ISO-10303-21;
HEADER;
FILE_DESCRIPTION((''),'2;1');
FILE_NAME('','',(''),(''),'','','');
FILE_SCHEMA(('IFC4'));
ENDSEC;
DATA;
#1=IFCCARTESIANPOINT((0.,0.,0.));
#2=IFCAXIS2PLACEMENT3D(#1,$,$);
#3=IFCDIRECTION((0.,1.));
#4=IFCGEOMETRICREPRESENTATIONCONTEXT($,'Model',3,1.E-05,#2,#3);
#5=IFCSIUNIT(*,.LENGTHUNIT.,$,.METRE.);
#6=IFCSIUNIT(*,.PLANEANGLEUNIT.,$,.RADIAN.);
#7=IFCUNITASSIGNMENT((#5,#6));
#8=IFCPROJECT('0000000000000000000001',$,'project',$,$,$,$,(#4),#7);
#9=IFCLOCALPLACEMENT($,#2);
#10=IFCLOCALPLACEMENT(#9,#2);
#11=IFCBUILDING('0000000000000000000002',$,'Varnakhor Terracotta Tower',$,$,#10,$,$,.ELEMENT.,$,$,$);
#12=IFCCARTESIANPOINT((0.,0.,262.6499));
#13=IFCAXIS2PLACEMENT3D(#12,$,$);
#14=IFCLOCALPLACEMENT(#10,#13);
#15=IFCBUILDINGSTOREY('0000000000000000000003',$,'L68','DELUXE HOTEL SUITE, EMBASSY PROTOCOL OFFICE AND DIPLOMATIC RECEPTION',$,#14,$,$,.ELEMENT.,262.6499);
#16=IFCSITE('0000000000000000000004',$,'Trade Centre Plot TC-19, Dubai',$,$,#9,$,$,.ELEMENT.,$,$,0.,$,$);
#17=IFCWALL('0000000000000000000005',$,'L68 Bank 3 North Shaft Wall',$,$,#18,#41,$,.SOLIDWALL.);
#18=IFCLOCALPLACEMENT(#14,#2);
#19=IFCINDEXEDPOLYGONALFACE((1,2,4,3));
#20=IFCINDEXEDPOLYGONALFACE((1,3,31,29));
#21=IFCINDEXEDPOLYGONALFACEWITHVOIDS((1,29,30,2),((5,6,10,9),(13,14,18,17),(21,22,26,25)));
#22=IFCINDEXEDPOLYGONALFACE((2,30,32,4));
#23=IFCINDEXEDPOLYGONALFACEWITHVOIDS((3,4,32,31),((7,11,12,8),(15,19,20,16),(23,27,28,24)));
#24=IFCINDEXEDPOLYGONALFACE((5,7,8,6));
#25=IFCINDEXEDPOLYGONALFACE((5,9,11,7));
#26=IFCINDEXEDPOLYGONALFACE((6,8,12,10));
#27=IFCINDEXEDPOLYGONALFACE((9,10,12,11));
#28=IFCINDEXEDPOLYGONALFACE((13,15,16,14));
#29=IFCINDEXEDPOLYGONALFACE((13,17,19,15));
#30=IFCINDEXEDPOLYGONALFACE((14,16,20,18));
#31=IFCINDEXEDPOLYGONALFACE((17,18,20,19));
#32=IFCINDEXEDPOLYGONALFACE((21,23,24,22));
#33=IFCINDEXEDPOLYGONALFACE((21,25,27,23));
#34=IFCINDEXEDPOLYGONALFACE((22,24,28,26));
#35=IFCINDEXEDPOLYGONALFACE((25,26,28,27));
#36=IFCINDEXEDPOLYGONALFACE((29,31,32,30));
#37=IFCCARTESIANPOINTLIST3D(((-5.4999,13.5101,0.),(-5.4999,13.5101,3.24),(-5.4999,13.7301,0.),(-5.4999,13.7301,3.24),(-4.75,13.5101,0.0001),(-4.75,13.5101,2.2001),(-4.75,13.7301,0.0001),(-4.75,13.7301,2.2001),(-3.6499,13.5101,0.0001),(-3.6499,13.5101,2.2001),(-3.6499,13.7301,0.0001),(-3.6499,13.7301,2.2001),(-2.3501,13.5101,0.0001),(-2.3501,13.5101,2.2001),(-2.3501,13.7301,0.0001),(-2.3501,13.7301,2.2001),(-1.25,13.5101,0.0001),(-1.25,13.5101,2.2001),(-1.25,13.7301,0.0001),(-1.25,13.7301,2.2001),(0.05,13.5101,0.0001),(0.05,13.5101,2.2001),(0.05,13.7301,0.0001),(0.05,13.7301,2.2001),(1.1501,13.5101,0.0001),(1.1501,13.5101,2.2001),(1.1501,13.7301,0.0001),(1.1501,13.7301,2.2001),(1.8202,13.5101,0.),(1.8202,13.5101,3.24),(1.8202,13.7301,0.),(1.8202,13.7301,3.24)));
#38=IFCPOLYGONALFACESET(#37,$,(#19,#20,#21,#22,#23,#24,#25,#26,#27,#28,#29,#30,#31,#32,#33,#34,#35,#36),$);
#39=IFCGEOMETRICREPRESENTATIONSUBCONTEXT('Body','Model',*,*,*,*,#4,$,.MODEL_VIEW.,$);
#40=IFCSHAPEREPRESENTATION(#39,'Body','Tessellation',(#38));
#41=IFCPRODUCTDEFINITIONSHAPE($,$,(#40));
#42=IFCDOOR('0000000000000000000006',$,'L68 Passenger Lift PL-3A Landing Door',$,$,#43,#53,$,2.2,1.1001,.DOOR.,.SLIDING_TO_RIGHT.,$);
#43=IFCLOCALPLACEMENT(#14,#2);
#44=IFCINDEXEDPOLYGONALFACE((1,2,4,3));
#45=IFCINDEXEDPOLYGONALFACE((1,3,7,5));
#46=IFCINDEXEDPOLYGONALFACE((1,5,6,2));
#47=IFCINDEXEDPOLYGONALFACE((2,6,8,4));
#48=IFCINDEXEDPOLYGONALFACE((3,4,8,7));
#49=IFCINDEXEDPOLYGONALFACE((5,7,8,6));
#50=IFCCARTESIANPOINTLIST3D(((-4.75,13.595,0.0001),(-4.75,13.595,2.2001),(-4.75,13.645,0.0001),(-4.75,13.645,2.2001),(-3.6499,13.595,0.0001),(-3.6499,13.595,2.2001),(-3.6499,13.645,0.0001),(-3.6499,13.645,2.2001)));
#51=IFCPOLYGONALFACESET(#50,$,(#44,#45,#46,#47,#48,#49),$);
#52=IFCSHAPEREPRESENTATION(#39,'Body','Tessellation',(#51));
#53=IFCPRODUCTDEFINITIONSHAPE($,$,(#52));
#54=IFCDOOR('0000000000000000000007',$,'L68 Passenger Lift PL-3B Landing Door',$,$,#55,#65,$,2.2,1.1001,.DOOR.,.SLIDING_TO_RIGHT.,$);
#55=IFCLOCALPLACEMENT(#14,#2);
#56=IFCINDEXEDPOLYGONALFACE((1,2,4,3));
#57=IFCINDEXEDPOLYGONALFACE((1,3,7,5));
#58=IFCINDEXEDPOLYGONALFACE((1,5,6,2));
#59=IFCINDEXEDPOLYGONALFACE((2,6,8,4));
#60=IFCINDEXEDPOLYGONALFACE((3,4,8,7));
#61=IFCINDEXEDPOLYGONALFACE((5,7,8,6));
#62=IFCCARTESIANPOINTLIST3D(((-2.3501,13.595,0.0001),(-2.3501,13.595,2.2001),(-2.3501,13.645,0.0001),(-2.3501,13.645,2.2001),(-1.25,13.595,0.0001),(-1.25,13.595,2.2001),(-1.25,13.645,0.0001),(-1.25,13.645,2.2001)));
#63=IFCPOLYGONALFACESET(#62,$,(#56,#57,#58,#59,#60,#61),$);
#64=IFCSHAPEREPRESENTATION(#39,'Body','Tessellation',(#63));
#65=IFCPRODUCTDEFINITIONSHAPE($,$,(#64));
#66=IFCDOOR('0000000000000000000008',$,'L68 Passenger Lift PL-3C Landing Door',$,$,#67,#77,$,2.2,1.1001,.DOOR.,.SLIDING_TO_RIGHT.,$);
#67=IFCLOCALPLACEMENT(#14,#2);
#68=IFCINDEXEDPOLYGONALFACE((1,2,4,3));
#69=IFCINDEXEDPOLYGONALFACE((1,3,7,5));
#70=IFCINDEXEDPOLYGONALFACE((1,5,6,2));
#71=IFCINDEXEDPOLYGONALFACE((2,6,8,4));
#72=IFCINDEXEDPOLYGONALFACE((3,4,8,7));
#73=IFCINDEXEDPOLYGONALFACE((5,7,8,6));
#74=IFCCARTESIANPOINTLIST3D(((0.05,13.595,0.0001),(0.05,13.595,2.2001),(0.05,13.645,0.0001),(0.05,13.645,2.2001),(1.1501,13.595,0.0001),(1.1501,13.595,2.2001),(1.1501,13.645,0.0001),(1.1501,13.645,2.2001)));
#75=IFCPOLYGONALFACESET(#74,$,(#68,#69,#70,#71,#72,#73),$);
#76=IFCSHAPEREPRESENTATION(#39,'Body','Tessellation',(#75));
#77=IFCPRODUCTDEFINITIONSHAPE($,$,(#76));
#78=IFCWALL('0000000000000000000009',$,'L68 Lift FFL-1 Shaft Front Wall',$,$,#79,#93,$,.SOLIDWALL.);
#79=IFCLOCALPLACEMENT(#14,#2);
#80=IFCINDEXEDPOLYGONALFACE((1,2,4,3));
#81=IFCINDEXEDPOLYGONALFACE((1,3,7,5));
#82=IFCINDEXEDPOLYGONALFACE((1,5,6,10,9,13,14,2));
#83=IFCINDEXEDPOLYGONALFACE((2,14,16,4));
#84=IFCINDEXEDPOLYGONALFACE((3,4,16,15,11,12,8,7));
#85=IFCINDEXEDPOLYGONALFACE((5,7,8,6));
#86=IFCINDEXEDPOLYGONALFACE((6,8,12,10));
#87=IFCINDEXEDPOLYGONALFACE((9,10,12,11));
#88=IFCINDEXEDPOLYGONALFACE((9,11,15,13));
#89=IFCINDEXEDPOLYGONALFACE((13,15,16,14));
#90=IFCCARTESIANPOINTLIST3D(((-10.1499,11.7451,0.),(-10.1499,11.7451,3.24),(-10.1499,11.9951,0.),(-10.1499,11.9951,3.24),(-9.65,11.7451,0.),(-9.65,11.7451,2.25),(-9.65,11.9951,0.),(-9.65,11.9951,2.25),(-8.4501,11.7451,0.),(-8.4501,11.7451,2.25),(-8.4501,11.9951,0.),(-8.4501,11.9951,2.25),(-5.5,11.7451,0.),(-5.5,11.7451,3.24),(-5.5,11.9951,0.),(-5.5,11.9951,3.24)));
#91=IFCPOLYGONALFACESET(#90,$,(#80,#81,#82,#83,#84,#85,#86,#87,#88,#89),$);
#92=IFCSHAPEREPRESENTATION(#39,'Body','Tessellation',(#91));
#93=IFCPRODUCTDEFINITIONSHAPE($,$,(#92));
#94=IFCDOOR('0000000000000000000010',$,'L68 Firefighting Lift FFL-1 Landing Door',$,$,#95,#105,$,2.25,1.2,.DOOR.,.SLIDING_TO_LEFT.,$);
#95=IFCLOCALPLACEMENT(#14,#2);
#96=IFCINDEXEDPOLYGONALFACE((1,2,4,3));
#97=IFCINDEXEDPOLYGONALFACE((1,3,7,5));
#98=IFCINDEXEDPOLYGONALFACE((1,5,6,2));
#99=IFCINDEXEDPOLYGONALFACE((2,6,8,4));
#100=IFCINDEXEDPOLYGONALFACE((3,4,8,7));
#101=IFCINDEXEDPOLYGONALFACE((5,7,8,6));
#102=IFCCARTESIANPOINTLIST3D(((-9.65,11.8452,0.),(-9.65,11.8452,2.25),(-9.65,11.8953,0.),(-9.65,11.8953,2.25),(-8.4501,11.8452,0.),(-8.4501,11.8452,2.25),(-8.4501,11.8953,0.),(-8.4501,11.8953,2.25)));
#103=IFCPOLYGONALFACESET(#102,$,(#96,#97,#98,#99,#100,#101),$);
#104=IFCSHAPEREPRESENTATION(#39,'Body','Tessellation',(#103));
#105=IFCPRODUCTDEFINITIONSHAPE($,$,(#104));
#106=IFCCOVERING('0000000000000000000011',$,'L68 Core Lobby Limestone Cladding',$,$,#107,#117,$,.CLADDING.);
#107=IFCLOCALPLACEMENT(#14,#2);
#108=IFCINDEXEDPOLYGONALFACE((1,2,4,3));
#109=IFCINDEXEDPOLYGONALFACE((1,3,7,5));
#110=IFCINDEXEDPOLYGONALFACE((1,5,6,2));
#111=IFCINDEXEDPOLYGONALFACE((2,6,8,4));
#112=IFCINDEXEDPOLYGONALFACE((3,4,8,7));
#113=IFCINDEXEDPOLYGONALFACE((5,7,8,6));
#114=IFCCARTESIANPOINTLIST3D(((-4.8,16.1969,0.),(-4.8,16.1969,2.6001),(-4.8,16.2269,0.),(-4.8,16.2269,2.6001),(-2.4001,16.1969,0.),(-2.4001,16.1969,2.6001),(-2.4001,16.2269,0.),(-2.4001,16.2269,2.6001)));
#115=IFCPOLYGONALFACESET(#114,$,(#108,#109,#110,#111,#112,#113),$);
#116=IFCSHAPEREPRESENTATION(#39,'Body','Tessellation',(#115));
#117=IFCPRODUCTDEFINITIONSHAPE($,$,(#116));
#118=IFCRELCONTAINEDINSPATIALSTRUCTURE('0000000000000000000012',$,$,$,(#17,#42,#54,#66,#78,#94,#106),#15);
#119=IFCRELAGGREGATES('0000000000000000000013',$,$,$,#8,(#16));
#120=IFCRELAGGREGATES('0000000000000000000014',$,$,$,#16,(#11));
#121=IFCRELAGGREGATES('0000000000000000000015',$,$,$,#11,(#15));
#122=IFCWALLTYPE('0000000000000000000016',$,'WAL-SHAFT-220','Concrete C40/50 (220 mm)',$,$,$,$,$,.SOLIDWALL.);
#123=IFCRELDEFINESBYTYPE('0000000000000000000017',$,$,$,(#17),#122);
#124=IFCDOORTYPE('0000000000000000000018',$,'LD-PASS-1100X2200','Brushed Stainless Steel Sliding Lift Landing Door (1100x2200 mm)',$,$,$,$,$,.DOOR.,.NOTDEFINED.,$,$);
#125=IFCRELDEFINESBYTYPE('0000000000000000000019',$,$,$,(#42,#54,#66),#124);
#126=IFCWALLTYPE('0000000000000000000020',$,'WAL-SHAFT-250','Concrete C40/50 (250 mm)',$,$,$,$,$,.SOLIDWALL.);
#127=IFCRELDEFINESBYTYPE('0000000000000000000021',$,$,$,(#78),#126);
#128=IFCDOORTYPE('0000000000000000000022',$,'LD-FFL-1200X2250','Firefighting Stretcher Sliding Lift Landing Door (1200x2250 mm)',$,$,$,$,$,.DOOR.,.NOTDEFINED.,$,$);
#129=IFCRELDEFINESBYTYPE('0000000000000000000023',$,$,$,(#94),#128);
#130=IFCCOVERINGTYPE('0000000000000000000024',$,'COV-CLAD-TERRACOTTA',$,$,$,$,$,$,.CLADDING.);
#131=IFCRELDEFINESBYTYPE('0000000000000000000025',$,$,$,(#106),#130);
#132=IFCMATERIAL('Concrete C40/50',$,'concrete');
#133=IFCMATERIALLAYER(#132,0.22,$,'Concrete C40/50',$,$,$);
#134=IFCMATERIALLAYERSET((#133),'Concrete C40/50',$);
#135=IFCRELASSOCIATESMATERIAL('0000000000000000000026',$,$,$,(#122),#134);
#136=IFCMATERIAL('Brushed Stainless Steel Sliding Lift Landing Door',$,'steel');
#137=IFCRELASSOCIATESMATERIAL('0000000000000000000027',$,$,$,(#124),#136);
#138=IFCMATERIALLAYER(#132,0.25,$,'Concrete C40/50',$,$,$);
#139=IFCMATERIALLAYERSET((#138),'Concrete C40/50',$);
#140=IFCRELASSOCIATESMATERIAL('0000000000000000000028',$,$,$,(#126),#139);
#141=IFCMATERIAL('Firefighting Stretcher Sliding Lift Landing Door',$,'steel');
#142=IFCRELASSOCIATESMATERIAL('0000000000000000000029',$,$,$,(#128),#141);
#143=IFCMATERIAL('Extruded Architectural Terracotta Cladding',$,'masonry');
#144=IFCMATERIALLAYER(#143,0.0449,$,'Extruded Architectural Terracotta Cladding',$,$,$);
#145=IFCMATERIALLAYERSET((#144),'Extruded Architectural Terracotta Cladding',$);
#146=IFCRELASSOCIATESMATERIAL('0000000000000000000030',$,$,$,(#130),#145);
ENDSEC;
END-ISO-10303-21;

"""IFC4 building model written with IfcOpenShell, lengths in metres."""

from ifc_helpers import new_model, si_unit, direction, frame, frame_2d, origin, origin_2d, place, context, subcontext, project, spatial, rectangle, extrude, source, transform, mapped, material, layer, layer_set, type_object, type_shapes, element, fill, save


model = new_model("IFC4")

# Units and contexts
model_context = context("Model", 3, precision=1e-05, world=origin(), true_north=direction((0.0, 1.0)))
body_context = subcontext(model_context, "Body", "Model", "MODEL_VIEW")
ifc_project = project(units=[si_unit("LENGTHUNIT", "METRE"), si_unit("PLANEANGLEUNIT", "RADIAN")], contexts=[model_context])

# Site, building, storey
site_placement = place(None, origin())
site = spatial("IfcSite", under=ifc_project, at=site_placement, Name="Trade Centre Plot TC-19, Dubai", CompositionType="ELEMENT", RefElevation=0.0)
building_placement = place(site_placement, origin())
building = spatial("IfcBuilding", under=site, at=building_placement, Name="Varnakhor Terracotta Tower", CompositionType="ELEMENT")
storey_placement = place(building_placement, frame((0.0, 0.0, 262.6499)))
storey = spatial("IfcBuildingStorey", under=building, at=storey_placement, Name="L68", Description="DELUXE HOTEL SUITE, EMBASSY PROTOCOL OFFICE AND DIPLOMATIC RECEPTION", CompositionType="ELEMENT", Elevation=262.6499)

# Shared definitions
ifc_material_1 = material(Name="Concrete C40/50", Category="concrete")
ifc_layer_1 = layer(ifc_material_1, 0.22, Name="Concrete C40/50")
ifc_layer_set_1 = layer_set([ifc_layer_1], Name="Concrete C40/50")
wall_type_1 = type_object("IfcWallType", Name="WAL-SHAFT-220", Description="Concrete C40/50 (220 mm)", PredefinedType="SOLIDWALL", material=ifc_layer_set_1)

# Wall, openings, doors
wall_1_placement = place(storey_placement, frame((-5.5, 13.6201, 0.0), z_axis=(0.0, 0.0, 1.0), x_axis=(1.0, 0.0, 0.0)))
wall_1 = element("IfcWall", 1, at=wall_1_placement, inside=storey, type_object=wall_type_1, Name="L68 Bank 3 North Shaft Wall", PredefinedType="SOLIDWALL", context=body_context, shape_type="SweptSolid", body=[
    extrude(rectangle(XDim=7.3201, YDim=0.22, at=frame_2d((3.6602, 0.0))), origin(), (0.0, 0.0, 1.0), 3.24),
])
opening_1_placement = place(wall_1_placement, frame((0.75, 0.0, 0.0)))
opening_1 = element("IfcOpeningElement", 2, at=opening_1_placement, cuts=wall_1, PredefinedType="OPENING", context=body_context, shape_type="SweptSolid", body=[
    extrude(rectangle(XDim=1.1001, YDim=2.2, at=frame_2d((0.55, 1.1001))), frame((0.0, 0.1201, 0.0), z_axis=(0.0, -1.0, 0.0), x_axis=(1.0, 0.0, 0.0)), (0.0, 0.0, 1.0), 0.24),
])
opening_2_placement = place(wall_1_placement, frame((3.1499, 0.0, 0.0)))
opening_2 = element("IfcOpeningElement", 3, at=opening_2_placement, cuts=wall_1, PredefinedType="OPENING", context=body_context, shape_type="SweptSolid", body=[
    extrude(rectangle(XDim=1.1001, YDim=2.2, at=frame_2d((0.55, 1.1001))), frame((0.0, 0.1201, 0.0), z_axis=(0.0, -1.0, 0.0), x_axis=(1.0, 0.0, 0.0)), (0.0, 0.0, 1.0), 0.24),
])
opening_3_placement = place(wall_1_placement, frame((5.55, 0.0, 0.0)))
opening_3 = element("IfcOpeningElement", 4, at=opening_3_placement, cuts=wall_1, PredefinedType="OPENING", context=body_context, shape_type="SweptSolid", body=[
    extrude(rectangle(XDim=1.1001, YDim=2.2, at=frame_2d((0.55, 1.1001))), frame((0.0, 0.1201, 0.0), z_axis=(0.0, -1.0, 0.0), x_axis=(1.0, 0.0, 0.0)), (0.0, 0.0, 1.0), 0.24),
])
ifc_material_2 = material(Name="Brushed Stainless Steel Sliding Lift Landing Door", Category="steel")
door_type_1 = type_object("IfcDoorType", Name="LD-PASS-1100X2200", Description="Brushed Stainless Steel Sliding Lift Landing Door (1100x2200 mm)", OperationType="NOTDEFINED", PredefinedType="DOOR", material=ifc_material_2)
shared_shape_1 = source(origin(), body_context, "Body", "SweptSolid", [
    extrude(rectangle(XDim=1.1001, YDim=2.2, at=frame_2d((0.55, 1.1001))), frame((0.0, 0.0249, 0.0), z_axis=(0.0, -1.0, 0.0), x_axis=(1.0, 0.0, 0.0)), (0.0, 0.0, 1.0), 0.05),
])
type_shapes(door_type_1, [shared_shape_1])
door_1_placement = place(opening_1_placement, origin())
door_1 = element("IfcDoor", 5, at=door_1_placement, inside=storey, type_object=door_type_1, Name="L68 Passenger Lift PL-3A Landing Door", OperationType="SLIDING_TO_RIGHT", OverallHeight=2.2, OverallWidth=1.1001, PredefinedType="DOOR", context=body_context, shape_type="MappedRepresentation", body=[
    mapped(shared_shape_1, transform((0.0, 0.0, 0.0), scale=1.0)),
])
fill(opening_1, door_1)
door_2_placement = place(opening_2_placement, origin())
door_2 = element("IfcDoor", 6, at=door_2_placement, inside=storey, type_object=door_type_1, Name="L68 Passenger Lift PL-3B Landing Door", OperationType="SLIDING_TO_RIGHT", OverallHeight=2.2, OverallWidth=1.1001, PredefinedType="DOOR", context=body_context, shape_type="MappedRepresentation", body=[
    mapped(shared_shape_1, transform((0.0, 0.0, 0.0), scale=1.0)),
])
fill(opening_2, door_2)
door_3_placement = place(opening_3_placement, origin())
door_3 = element("IfcDoor", 7, at=door_3_placement, inside=storey, type_object=door_type_1, Name="L68 Passenger Lift PL-3C Landing Door", OperationType="SLIDING_TO_RIGHT", OverallHeight=2.2, OverallWidth=1.1001, PredefinedType="DOOR", context=body_context, shape_type="MappedRepresentation", body=[
    mapped(shared_shape_1, transform((0.0, 0.0, 0.0), scale=1.0)),
])
fill(opening_3, door_3)

# Wall, opening, door
ifc_layer_2 = layer(ifc_material_1, 0.25, Name="Concrete C40/50")
ifc_layer_set_2 = layer_set([ifc_layer_2], Name="Concrete C40/50")
wall_type_2 = type_object("IfcWallType", Name="WAL-SHAFT-250", Description="Concrete C40/50 (250 mm)", PredefinedType="SOLIDWALL", material=ifc_layer_set_2)
wall_2_placement = place(storey_placement, frame((-5.5, 11.8701, 0.0), z_axis=(0.0, 0.0, 1.0), x_axis=(-1.0, 0.0, 0.0)))
wall_2 = element("IfcWall", 8, at=wall_2_placement, inside=storey, type_object=wall_type_2, Name="L68 Lift FFL-1 Shaft Front Wall", PredefinedType="SOLIDWALL", context=body_context, shape_type="SweptSolid", body=[
    extrude(rectangle(XDim=4.6499, YDim=0.25, at=frame_2d((2.325, 0.0))), origin(), (0.0, 0.0, 1.0), 3.24),
])
opening_4_placement = place(wall_2_placement, frame((2.95, 0.0, 0.0)))
opening_4 = element("IfcOpeningElement", 9, at=opening_4_placement, cuts=wall_2, PredefinedType="OPENING", context=body_context, shape_type="SweptSolid", body=[
    extrude(rectangle(XDim=1.2, YDim=2.25, at=frame_2d((0.6001, 1.125))), frame((0.0, 0.135, 0.0), z_axis=(0.0, -1.0, 0.0), x_axis=(1.0, 0.0, 0.0)), (0.0, 0.0, 1.0), 0.27),
])
ifc_material_3 = material(Name="Firefighting Stretcher Sliding Lift Landing Door", Category="steel")
door_type_2 = type_object("IfcDoorType", Name="LD-FFL-1200X2250", Description="Firefighting Stretcher Sliding Lift Landing Door (1200x2250 mm)", OperationType="NOTDEFINED", PredefinedType="DOOR", material=ifc_material_3)
shared_shape_2 = source(origin(), body_context, "Body", "SweptSolid", [
    extrude(rectangle(XDim=1.2, YDim=2.25, at=frame_2d((0.6001, 1.125))), frame((0.0, 0.0249, 0.0), z_axis=(0.0, -1.0, 0.0), x_axis=(1.0, 0.0, 0.0)), (0.0, 0.0, 1.0), 0.05),
])
type_shapes(door_type_2, [shared_shape_2])
door_4_placement = place(opening_4_placement, origin())
door_4 = element("IfcDoor", 10, at=door_4_placement, inside=storey, type_object=door_type_2, Name="L68 Firefighting Lift FFL-1 Landing Door", OperationType="SLIDING_TO_LEFT", OverallHeight=2.25, OverallWidth=1.2, PredefinedType="DOOR", context=body_context, shape_type="MappedRepresentation", body=[
    mapped(shared_shape_2, transform((0.0, 0.0, 0.0), scale=1.0)),
])
fill(opening_4, door_4)

# Covering
ifc_material_4 = material(Name="Extruded Architectural Terracotta Cladding", Category="masonry")
ifc_layer_3 = layer(ifc_material_4, 0.0449, Name="Extruded Architectural Terracotta Cladding")
ifc_layer_set_3 = layer_set([ifc_layer_3], Name="Extruded Architectural Terracotta Cladding")
covering_type = type_object("IfcCoveringType", Name="COV-CLAD-TERRACOTTA", PredefinedType="CLADDING", material=ifc_layer_set_3)
shared_shape_3 = source(origin(), body_context, "Body", "SweptSolid", [
    extrude(rectangle(XDim=2.3999, YDim=0.03, at=origin_2d()), origin(), (0.0, 0.0, 1.0), 2.6001),
])
type_shapes(covering_type, [shared_shape_3])
covering_placement = place(storey_placement, frame((-3.6001, 16.2119, 0.0), z_axis=(0.0, 0.0, 1.0), x_axis=(1.0, 0.0, 0.0)))
element("IfcCovering", 11, at=covering_placement, inside=storey, type_object=covering_type, Name="L68 Core Lobby Limestone Cladding", PredefinedType="CLADDING", context=body_context, shape_type="MappedRepresentation", body=[
    mapped(shared_shape_3, transform((0.0, 0.0, 0.0), scale=1.0)),
])

save(model, "model.ifc")
